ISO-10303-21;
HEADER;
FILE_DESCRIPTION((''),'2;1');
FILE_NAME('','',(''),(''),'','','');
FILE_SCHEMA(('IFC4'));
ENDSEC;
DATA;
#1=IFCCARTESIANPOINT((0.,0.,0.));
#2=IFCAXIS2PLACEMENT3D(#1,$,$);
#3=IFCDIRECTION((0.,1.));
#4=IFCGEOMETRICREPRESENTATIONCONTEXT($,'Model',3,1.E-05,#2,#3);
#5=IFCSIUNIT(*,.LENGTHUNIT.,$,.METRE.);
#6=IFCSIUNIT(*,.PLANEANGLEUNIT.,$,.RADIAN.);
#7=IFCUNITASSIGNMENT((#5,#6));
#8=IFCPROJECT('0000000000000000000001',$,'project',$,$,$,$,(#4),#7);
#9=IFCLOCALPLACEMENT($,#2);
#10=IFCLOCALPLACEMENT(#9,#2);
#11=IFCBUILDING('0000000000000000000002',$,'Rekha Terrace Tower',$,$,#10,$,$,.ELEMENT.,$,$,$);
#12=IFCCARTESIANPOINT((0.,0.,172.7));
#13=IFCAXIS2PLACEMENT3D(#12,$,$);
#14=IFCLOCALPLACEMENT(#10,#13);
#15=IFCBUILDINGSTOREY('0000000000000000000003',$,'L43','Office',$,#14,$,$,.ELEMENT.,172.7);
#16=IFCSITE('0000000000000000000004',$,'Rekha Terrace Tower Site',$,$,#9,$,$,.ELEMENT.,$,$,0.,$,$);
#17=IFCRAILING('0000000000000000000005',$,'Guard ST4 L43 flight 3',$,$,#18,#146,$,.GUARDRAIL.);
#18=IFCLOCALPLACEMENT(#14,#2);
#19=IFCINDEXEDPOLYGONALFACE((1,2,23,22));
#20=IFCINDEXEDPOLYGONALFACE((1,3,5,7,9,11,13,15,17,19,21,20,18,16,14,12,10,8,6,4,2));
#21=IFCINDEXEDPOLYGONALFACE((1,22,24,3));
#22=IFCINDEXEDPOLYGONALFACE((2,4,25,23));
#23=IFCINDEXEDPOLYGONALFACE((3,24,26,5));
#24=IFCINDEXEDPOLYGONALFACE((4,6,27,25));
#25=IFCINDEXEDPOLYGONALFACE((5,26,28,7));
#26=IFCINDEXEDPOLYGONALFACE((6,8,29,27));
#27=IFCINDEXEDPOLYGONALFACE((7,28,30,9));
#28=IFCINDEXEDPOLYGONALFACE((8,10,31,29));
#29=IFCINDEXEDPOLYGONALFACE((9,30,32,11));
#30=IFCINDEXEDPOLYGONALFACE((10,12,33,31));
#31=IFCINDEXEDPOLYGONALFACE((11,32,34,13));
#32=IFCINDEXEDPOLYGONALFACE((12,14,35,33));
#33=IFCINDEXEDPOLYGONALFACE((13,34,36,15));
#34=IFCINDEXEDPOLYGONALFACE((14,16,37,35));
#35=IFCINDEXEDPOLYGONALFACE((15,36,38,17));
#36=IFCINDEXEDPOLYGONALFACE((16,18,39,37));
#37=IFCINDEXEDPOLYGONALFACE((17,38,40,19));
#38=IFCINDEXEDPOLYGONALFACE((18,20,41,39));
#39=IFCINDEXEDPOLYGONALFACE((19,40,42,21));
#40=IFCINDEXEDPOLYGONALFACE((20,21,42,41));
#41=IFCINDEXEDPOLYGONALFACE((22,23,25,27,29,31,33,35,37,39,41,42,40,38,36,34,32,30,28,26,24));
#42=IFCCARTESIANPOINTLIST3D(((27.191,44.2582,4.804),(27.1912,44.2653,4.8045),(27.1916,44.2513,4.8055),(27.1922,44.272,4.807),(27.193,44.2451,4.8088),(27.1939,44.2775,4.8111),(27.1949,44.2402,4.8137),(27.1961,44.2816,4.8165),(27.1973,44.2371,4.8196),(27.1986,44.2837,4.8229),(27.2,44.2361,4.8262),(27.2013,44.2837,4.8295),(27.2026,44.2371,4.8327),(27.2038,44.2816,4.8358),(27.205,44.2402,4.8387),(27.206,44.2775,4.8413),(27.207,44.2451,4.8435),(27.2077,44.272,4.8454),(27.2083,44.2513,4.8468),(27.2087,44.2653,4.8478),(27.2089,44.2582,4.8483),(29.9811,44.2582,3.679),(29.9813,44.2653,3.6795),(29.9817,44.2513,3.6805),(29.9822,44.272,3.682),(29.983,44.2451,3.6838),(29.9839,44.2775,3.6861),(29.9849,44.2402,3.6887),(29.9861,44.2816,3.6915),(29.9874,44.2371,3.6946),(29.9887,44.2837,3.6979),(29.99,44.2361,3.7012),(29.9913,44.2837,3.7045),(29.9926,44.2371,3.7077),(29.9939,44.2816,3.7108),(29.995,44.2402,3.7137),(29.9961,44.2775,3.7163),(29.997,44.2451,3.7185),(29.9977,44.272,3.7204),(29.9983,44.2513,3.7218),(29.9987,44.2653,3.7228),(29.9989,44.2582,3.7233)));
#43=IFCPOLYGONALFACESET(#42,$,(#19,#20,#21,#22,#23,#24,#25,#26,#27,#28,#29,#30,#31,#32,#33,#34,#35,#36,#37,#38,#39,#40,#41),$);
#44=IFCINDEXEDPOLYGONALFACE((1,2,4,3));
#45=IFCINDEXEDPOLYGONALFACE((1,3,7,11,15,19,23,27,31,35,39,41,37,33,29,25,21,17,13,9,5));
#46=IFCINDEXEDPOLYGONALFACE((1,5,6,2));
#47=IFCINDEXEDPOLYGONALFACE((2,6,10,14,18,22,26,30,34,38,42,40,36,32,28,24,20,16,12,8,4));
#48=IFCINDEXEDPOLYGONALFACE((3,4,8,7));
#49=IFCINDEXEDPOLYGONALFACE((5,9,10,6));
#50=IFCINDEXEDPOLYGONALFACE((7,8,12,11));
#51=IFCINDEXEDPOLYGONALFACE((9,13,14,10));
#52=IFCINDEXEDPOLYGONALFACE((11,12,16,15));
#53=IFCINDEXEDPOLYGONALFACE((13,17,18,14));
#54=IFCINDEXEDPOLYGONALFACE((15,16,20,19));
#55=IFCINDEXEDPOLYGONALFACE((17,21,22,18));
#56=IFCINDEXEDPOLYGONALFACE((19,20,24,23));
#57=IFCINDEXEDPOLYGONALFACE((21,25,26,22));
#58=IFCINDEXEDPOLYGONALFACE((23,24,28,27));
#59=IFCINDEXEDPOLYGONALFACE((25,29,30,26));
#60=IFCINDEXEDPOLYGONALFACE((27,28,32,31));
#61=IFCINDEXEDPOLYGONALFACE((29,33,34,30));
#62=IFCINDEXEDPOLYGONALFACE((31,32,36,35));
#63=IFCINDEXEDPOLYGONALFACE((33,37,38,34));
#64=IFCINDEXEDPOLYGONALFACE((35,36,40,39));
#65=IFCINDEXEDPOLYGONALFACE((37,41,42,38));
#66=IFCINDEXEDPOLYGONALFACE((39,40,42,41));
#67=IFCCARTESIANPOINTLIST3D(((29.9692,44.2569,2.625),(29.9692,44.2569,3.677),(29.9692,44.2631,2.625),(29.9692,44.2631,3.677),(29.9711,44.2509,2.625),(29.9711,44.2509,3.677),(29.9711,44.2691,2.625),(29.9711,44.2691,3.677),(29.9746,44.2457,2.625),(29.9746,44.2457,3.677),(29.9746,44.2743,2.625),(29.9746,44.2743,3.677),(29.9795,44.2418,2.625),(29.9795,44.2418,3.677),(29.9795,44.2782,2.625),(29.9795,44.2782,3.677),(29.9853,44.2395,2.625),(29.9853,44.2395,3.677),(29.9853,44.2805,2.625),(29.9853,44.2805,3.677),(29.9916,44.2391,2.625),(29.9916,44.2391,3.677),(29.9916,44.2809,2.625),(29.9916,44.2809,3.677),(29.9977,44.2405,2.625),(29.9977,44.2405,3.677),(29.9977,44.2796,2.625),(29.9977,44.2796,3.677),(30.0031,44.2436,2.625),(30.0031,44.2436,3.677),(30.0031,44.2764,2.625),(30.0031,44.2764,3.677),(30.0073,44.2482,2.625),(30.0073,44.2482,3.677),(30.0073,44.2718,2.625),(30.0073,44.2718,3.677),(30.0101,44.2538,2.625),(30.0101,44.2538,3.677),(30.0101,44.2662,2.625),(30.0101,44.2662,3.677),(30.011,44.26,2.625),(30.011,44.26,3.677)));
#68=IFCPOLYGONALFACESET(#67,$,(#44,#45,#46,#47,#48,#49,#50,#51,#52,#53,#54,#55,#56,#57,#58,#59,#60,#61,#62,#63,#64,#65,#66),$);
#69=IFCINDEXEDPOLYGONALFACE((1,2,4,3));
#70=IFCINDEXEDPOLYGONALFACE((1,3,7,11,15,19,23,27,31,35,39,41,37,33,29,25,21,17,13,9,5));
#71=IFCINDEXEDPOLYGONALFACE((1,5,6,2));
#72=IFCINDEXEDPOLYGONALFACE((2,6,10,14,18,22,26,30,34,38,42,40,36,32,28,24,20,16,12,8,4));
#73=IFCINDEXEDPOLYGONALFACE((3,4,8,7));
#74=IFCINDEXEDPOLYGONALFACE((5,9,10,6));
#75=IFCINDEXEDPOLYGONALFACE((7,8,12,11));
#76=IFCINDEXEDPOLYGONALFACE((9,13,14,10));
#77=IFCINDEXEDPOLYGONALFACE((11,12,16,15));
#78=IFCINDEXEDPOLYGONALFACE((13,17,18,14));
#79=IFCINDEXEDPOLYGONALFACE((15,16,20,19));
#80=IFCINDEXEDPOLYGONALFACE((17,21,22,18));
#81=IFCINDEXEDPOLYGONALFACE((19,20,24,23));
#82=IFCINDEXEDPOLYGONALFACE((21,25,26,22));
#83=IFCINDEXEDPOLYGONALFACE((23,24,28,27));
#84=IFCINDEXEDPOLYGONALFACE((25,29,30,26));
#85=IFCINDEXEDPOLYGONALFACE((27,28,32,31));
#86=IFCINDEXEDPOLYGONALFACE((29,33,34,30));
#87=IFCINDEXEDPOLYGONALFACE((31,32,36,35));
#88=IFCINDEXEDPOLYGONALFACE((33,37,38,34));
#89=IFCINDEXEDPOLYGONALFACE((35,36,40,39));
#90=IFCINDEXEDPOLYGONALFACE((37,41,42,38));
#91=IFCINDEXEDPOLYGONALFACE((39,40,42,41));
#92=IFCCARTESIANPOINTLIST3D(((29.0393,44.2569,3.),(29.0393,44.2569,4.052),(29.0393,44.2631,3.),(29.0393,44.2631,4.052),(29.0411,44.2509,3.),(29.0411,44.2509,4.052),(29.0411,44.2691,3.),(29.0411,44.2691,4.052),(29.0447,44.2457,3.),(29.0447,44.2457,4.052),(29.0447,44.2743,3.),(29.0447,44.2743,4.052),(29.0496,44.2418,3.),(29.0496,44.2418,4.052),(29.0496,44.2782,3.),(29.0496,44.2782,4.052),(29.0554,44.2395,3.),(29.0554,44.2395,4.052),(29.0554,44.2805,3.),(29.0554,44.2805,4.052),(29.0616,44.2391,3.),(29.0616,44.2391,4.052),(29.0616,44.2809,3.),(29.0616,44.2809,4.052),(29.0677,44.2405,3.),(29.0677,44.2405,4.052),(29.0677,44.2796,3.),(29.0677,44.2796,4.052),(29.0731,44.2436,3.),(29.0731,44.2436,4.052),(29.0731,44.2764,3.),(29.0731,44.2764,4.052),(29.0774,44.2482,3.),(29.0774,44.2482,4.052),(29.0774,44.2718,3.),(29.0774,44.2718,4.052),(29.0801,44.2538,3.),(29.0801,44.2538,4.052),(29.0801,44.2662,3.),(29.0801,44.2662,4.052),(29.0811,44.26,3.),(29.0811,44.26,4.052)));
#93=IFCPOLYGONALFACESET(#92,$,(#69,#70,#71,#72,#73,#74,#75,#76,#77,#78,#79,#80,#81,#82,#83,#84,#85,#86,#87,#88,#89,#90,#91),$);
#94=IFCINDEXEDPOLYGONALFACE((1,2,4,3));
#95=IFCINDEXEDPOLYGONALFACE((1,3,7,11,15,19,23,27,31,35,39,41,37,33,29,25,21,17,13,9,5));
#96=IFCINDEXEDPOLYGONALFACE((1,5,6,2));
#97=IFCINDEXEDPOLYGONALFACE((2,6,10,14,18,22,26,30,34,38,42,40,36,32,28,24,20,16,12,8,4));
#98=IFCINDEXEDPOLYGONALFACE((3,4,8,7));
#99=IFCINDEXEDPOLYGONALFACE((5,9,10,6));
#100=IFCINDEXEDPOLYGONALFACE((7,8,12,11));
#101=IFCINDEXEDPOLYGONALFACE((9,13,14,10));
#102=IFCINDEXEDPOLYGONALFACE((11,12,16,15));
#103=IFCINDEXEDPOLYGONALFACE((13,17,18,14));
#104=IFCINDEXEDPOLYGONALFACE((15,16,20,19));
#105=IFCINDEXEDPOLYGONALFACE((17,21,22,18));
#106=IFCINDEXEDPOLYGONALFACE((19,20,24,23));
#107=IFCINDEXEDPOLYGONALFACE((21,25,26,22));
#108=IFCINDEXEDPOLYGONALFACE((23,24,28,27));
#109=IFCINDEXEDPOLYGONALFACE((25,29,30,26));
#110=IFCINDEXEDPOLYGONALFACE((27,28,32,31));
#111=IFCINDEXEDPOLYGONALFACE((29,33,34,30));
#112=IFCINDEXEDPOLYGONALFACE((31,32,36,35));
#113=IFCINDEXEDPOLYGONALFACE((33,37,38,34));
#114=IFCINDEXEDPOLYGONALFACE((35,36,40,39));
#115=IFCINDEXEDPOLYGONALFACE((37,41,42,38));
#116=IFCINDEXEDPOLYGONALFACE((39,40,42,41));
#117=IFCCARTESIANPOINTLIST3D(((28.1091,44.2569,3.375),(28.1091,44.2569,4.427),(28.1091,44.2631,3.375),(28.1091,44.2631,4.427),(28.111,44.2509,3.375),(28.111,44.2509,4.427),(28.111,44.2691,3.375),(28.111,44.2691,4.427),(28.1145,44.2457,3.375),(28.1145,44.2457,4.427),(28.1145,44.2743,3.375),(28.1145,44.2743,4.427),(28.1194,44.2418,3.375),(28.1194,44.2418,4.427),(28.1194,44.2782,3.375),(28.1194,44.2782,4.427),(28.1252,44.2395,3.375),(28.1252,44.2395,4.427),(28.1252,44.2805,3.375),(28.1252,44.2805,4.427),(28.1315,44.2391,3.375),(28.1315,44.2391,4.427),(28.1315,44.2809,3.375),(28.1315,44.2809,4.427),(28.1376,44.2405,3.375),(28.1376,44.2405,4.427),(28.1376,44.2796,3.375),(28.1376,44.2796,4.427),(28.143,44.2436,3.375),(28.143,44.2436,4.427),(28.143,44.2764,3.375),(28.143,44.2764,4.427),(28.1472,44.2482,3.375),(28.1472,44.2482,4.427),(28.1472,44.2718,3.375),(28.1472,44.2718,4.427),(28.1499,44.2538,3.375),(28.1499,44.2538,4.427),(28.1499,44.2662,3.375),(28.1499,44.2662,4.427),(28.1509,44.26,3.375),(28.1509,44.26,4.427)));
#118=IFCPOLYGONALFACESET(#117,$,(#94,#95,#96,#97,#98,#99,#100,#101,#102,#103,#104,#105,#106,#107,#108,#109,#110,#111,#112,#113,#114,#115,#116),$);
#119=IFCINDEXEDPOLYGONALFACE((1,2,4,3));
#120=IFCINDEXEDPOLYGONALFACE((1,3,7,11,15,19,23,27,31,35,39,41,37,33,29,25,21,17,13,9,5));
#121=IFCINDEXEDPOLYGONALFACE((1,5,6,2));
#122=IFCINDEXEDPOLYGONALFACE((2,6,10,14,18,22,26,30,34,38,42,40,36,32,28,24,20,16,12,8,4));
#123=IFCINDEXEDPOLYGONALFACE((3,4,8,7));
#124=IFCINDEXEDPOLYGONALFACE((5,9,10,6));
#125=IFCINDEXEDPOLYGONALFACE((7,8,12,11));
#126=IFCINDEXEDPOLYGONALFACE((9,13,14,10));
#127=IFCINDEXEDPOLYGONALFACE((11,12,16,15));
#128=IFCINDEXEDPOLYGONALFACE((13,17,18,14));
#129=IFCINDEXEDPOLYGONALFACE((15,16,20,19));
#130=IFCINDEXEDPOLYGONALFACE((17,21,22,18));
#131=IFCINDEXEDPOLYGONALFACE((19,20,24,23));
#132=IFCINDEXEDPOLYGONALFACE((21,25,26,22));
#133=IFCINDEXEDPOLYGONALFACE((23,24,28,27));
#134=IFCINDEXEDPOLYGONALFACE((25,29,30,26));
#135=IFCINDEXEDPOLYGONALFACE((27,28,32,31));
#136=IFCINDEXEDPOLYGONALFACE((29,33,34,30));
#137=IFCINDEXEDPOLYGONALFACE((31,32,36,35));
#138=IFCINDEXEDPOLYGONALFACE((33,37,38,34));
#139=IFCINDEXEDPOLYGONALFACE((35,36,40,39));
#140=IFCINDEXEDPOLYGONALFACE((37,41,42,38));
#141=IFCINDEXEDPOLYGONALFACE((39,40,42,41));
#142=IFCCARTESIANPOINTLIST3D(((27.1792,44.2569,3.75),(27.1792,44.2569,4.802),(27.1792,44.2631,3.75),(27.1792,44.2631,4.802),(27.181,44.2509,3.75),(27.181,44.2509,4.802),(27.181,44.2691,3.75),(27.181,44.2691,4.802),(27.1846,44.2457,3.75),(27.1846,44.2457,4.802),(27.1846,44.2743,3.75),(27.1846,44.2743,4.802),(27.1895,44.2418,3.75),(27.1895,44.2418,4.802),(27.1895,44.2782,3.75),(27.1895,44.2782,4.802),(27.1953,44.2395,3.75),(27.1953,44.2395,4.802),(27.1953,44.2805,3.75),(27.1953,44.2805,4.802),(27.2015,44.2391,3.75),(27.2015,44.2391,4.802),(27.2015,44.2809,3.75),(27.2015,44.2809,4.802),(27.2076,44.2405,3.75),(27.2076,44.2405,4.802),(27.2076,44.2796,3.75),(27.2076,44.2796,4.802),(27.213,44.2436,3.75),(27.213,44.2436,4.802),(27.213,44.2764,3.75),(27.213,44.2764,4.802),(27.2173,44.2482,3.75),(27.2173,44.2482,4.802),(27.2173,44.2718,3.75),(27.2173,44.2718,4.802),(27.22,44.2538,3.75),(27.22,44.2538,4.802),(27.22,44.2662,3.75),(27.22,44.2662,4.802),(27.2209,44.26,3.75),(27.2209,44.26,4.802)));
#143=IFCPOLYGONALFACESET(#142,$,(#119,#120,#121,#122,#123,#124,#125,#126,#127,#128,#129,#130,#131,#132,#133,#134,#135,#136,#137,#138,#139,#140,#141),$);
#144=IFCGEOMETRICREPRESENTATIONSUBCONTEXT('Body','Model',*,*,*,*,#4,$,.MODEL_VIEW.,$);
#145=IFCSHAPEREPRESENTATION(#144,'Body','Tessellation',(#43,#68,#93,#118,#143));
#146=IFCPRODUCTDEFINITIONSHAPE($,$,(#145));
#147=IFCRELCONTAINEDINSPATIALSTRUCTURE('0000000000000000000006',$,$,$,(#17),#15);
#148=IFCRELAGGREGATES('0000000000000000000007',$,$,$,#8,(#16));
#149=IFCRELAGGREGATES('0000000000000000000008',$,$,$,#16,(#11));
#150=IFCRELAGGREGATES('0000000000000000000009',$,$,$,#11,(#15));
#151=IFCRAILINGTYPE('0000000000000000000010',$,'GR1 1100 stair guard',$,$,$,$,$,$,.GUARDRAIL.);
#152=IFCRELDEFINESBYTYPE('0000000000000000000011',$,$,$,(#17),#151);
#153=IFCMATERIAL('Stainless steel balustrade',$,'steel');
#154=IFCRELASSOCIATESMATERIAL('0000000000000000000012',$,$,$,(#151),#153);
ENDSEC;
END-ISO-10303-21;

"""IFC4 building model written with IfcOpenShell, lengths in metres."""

from ifc_helpers import new_model, si_unit, direction, frame, origin, origin_2d, place, context, subcontext, project, spatial, circle, extrude, material, type_object, element, save


model = new_model("IFC4")

# Units and contexts
model_context = context("Model", 3, precision=1e-05, world=origin(), true_north=direction((0.0, 1.0)))
body_context = subcontext(model_context, "Body", "Model", "MODEL_VIEW")
ifc_project = project(units=[si_unit("LENGTHUNIT", "METRE"), si_unit("PLANEANGLEUNIT", "RADIAN")], contexts=[model_context])

# Site, building, storey
site_placement = place(None, origin())
site = spatial("IfcSite", under=ifc_project, at=site_placement, Name="Rekha Terrace Tower Site", CompositionType="ELEMENT", RefElevation=0.0)
building_placement = place(site_placement, origin())
building = spatial("IfcBuilding", under=site, at=building_placement, Name="Rekha Terrace Tower", CompositionType="ELEMENT")
storey_placement = place(building_placement, frame((0.0, 0.0, 172.7)))
storey = spatial("IfcBuildingStorey", under=building, at=storey_placement, Name="L43", Description="Office", CompositionType="ELEMENT", Elevation=172.7)

# Railing
ifc_material_1 = material(Name="Stainless steel balustrade", Category="steel")
railing_type_1 = type_object("IfcRailingType", Name="GR1 1100 stair guard", PredefinedType="GUARDRAIL", material=ifc_material_1)
railing_1_placement = place(storey_placement, frame((29.99, 44.26, 2.625)))
element("IfcRailing", 1, at=railing_1_placement, inside=storey, type_object=railing_type_1, Name="Guard ST4 L43 flight 3", PredefinedType="GUARDRAIL", context=body_context, shape_type="SweptSolid", body=[
    extrude(circle(Radius=0.0239, at=origin_2d()), frame((0.0, 0.0, 1.0762), z_axis=(-0.927443, 0.0, 0.373964), x_axis=(0.0, -1.0, 0.0)), (0.0, 0.0, 1.0), 3.0083),
    extrude(circle(Radius=0.021, at=origin_2d()), origin(), (0.0, 0.0, 1.0), 1.052),
    extrude(circle(Radius=0.021, at=origin_2d()), frame((-0.9299, 0.0, 0.375)), (0.0, 0.0, 1.0), 1.052),
    extrude(circle(Radius=0.021, at=origin_2d()), frame((-1.8601, 0.0, 0.75)), (0.0, 0.0, 1.0), 1.052),
    extrude(circle(Radius=0.021, at=origin_2d()), frame((-2.79, 0.0, 1.125)), (0.0, 0.0, 1.0), 1.052),
])

save(model, "model.ifc")
